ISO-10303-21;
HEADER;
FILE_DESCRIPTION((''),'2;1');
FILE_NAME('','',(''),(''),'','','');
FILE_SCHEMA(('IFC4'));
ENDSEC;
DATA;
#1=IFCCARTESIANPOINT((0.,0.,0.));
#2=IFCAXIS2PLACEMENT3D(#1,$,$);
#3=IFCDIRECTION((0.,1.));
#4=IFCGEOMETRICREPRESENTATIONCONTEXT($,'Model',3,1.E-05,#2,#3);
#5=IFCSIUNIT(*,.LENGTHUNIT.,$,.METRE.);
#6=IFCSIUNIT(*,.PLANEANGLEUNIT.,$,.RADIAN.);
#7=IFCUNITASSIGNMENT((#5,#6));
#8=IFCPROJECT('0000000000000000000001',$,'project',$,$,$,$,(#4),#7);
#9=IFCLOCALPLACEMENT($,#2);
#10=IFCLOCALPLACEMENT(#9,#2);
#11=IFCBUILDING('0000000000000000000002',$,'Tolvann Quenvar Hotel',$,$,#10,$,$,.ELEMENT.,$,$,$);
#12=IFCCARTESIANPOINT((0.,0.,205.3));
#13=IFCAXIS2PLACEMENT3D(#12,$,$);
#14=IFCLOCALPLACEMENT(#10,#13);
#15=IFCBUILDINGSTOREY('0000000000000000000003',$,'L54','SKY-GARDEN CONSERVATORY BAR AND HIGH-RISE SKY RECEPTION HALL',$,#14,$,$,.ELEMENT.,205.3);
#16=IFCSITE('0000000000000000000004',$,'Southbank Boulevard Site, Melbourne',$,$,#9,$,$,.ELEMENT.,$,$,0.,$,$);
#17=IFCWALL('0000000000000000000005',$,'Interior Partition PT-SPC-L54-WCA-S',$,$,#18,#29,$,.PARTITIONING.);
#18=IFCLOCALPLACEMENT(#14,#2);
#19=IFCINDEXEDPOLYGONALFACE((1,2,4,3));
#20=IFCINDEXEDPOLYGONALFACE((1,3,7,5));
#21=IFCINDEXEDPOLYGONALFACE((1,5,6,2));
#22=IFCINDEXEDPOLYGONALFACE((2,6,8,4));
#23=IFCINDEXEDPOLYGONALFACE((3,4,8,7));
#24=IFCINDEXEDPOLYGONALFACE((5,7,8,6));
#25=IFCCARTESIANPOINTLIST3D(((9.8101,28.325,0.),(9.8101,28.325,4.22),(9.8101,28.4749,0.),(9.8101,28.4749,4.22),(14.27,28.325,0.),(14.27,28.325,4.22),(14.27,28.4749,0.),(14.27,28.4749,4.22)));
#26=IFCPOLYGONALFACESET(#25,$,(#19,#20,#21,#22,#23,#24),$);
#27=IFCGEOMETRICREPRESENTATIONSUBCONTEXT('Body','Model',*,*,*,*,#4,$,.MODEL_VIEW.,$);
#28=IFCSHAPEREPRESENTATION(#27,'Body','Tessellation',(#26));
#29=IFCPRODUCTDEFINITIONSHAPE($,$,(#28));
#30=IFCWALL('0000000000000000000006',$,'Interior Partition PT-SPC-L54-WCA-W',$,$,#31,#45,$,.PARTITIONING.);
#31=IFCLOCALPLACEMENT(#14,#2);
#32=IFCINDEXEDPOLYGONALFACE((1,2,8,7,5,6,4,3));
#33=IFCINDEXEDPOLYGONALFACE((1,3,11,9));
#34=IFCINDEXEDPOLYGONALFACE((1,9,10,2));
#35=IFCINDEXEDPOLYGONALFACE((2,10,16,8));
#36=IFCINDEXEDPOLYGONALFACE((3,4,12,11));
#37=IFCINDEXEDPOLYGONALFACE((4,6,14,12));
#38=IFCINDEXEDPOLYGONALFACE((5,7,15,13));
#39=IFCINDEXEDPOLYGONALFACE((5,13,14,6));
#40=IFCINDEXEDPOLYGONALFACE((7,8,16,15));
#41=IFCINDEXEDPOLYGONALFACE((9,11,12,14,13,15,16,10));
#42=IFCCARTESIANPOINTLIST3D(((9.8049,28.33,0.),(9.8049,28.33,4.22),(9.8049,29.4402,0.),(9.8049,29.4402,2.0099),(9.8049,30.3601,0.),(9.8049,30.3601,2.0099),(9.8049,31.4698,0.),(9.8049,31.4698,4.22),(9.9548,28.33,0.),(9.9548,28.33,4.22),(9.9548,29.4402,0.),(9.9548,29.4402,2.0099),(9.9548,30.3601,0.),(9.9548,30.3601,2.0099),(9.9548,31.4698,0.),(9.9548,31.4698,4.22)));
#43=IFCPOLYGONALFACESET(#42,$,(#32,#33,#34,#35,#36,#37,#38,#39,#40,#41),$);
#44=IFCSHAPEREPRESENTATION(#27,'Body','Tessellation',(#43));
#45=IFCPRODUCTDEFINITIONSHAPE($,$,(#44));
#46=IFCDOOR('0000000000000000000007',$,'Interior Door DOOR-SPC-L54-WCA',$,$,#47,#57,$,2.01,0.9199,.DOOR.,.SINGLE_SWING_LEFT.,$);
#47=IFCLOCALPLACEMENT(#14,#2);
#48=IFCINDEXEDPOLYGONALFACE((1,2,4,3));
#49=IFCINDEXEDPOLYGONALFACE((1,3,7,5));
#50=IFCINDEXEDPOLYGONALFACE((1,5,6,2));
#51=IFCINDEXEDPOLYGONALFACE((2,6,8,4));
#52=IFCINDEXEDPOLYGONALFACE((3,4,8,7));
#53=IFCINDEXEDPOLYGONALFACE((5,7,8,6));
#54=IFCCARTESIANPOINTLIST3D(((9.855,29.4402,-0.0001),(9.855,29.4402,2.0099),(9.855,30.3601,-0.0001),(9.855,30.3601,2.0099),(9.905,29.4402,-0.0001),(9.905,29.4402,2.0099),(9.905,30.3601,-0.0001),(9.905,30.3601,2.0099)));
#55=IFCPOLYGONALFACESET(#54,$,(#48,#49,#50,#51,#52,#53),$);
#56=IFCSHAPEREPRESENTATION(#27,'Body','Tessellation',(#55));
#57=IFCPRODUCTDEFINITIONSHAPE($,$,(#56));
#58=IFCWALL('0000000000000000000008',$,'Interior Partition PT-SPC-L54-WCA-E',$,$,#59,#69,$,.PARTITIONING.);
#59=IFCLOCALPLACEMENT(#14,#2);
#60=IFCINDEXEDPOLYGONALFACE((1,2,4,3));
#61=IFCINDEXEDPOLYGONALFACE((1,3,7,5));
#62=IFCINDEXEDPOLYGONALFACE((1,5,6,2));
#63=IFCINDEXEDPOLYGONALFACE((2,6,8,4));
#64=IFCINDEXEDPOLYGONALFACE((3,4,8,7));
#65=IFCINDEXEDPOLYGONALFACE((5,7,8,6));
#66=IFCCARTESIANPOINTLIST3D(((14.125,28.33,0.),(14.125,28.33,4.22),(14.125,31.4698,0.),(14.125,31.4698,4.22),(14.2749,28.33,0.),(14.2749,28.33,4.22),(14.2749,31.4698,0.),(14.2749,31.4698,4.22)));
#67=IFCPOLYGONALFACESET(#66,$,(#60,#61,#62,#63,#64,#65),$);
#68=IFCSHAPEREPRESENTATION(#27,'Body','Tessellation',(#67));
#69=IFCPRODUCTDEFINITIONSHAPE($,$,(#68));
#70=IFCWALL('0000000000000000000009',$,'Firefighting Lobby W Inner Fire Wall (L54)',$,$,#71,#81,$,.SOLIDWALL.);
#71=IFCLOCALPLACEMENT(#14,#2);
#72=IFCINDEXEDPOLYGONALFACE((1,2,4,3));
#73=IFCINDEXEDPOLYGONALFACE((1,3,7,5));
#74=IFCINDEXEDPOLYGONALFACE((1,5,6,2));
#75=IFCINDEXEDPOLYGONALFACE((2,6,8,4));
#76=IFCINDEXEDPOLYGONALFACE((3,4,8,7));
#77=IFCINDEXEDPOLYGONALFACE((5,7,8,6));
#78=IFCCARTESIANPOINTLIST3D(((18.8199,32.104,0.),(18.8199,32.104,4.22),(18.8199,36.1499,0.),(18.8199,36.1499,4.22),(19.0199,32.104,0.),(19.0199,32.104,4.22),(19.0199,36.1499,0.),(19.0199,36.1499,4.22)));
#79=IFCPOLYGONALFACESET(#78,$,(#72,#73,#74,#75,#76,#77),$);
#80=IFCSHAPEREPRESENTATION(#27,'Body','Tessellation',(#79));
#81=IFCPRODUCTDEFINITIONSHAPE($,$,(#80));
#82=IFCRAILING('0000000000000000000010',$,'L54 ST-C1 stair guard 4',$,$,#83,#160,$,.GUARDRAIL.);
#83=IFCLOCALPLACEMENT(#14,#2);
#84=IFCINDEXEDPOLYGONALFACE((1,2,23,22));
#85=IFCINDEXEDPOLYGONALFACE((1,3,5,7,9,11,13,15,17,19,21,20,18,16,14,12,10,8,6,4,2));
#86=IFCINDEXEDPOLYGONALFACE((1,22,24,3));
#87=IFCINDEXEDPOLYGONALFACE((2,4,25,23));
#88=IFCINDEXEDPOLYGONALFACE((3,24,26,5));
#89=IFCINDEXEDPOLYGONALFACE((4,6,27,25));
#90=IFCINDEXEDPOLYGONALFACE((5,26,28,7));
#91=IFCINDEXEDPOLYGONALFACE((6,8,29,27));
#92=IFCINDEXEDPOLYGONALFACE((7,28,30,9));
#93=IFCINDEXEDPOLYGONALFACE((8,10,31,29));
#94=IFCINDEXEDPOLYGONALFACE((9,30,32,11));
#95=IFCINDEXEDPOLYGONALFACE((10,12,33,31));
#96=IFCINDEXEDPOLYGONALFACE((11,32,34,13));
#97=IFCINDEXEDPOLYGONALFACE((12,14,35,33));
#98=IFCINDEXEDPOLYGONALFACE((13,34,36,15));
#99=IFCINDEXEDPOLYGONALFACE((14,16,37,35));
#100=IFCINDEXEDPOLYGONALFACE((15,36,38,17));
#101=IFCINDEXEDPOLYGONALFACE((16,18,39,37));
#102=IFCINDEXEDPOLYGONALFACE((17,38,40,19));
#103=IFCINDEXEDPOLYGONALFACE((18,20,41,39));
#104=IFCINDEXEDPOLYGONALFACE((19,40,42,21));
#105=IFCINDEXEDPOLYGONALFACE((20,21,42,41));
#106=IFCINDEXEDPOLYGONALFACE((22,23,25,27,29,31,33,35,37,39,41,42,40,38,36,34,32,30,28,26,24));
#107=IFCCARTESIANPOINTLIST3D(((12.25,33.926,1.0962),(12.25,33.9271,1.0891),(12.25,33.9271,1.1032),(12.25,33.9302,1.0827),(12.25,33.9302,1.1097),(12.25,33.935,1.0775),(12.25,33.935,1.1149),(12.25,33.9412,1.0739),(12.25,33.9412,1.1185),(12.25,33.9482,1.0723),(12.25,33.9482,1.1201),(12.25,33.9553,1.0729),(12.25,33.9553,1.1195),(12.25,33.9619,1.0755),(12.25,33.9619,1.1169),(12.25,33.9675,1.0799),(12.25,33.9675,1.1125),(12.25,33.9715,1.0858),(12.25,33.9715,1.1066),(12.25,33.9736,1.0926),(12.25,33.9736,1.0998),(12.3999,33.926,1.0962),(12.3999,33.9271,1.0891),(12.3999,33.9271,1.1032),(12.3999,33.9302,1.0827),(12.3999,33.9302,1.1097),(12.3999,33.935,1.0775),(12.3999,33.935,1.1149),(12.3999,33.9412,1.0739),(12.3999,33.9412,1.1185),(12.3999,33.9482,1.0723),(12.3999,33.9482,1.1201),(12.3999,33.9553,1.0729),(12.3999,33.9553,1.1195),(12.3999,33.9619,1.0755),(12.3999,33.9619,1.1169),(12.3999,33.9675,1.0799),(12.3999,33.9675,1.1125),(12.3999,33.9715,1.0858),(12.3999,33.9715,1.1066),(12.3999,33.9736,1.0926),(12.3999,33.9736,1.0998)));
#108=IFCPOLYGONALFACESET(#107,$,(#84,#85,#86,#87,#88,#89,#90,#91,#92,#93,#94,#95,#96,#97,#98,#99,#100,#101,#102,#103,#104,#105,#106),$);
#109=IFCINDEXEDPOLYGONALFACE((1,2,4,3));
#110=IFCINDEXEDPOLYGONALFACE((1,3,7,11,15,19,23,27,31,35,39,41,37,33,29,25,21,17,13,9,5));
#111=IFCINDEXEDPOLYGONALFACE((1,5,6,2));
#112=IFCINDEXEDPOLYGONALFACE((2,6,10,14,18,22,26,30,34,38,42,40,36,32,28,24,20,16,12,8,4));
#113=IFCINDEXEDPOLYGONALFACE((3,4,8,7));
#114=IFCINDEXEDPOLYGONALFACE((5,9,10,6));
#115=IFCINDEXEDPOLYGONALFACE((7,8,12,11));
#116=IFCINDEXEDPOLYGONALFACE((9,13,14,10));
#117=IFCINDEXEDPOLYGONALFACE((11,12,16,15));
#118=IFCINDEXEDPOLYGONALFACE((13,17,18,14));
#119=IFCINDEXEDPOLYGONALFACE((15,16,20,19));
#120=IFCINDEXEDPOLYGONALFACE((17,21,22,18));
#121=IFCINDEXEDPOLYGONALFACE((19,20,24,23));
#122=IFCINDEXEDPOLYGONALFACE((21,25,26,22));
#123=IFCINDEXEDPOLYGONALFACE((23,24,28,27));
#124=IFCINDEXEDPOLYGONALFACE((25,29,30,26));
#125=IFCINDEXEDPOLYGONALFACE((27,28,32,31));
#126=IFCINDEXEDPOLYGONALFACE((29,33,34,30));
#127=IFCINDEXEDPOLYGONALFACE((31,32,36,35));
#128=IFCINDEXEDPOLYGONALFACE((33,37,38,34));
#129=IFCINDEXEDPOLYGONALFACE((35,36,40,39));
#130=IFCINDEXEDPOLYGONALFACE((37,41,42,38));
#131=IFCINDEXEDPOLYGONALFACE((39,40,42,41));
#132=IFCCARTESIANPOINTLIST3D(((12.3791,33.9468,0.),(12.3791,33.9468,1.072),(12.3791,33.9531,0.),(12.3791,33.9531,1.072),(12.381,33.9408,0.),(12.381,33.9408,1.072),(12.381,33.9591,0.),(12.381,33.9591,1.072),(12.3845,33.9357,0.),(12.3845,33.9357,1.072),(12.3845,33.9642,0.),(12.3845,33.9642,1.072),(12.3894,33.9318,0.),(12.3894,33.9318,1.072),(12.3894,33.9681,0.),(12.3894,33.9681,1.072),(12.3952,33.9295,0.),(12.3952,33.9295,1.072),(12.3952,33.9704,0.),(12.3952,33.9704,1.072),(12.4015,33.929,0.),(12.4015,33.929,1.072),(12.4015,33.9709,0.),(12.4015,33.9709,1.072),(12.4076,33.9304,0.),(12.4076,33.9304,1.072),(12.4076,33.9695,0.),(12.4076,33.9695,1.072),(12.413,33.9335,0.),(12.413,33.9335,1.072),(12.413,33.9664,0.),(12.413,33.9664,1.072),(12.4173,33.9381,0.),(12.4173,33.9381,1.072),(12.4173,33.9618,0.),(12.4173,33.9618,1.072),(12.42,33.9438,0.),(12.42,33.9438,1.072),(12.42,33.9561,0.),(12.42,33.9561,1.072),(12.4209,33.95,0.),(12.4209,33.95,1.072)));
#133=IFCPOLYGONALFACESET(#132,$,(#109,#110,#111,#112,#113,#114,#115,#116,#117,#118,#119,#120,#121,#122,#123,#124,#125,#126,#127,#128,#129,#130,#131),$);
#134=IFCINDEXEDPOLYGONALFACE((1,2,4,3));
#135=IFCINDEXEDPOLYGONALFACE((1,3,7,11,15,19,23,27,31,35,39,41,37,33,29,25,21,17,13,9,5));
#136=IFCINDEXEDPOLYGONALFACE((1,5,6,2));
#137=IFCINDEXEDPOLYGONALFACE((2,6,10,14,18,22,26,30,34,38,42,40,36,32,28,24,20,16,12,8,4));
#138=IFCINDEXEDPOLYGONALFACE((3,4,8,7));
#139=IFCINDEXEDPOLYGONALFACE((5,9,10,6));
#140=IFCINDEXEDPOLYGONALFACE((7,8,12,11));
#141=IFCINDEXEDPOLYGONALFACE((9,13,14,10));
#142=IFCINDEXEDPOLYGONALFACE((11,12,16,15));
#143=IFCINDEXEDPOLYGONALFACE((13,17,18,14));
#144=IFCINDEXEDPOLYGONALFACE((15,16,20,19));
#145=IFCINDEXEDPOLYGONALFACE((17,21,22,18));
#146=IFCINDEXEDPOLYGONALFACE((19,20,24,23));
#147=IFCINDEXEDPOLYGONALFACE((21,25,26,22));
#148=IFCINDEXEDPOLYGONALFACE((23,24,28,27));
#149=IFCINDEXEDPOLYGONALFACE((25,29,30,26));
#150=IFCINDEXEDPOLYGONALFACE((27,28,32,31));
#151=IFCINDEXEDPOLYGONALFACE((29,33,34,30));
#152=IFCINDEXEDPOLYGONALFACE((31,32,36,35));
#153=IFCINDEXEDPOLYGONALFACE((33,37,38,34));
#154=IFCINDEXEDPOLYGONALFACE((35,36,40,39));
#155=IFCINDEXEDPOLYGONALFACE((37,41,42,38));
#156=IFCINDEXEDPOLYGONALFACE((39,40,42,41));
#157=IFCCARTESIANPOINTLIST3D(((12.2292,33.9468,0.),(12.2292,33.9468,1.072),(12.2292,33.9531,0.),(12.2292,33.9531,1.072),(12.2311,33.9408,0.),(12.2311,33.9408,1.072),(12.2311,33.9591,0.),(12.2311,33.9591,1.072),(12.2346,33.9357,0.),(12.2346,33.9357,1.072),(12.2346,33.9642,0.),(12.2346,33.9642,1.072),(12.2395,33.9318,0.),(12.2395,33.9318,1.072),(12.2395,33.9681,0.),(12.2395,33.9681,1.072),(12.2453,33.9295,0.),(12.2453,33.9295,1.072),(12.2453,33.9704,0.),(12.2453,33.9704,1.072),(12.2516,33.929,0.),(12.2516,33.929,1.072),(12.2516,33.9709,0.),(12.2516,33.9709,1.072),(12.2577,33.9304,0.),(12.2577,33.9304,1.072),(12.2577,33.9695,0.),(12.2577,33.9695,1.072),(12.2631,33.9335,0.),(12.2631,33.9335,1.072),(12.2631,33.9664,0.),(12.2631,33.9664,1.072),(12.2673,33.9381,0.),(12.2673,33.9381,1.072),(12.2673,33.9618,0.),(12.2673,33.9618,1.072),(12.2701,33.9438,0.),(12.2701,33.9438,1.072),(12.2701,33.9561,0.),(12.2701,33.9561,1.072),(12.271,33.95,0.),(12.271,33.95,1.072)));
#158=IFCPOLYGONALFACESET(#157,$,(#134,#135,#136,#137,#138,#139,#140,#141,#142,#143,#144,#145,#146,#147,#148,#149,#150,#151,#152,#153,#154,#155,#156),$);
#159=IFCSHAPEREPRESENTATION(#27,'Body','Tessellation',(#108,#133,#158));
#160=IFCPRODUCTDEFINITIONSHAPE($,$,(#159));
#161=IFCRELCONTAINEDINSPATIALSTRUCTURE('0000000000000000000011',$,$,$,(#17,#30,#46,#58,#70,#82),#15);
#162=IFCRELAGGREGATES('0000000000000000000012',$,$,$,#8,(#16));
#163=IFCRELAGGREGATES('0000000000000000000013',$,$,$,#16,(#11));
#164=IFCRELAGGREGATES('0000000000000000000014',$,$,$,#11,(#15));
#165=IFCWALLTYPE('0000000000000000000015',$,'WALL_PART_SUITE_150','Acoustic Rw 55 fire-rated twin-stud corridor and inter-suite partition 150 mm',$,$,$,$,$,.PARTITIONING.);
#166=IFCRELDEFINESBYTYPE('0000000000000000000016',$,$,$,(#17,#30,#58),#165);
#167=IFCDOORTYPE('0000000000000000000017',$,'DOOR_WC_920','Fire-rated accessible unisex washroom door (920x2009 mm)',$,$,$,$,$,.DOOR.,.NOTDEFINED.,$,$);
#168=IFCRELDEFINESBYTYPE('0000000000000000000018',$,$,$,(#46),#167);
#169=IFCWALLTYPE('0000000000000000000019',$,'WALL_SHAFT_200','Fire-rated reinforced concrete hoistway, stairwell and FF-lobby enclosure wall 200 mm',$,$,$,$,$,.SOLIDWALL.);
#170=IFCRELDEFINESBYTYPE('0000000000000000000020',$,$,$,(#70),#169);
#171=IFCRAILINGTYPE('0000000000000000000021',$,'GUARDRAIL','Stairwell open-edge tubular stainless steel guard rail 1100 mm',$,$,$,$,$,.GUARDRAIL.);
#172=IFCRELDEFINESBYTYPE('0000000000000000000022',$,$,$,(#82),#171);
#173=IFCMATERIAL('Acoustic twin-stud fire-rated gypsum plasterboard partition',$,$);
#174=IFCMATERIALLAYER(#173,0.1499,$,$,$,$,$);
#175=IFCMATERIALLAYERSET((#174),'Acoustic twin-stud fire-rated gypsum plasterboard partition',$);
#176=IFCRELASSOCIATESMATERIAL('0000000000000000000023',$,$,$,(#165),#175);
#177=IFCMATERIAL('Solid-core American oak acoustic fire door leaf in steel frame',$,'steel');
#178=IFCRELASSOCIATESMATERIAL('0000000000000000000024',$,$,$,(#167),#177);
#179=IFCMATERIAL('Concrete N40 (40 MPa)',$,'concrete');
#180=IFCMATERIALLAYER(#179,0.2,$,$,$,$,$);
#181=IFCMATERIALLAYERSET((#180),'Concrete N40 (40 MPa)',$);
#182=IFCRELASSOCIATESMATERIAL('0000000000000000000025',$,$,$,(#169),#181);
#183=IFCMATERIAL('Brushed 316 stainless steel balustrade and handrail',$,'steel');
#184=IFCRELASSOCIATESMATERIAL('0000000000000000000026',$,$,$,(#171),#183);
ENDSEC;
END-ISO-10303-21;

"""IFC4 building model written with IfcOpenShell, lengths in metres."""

from ifc_helpers import new_model, si_unit, direction, frame, frame_2d, origin, origin_2d, place, context, subcontext, project, spatial, rectangle, circle, extrude, source, transform, mapped, material, layer, layer_set, type_object, type_shapes, element, fill, save


model = new_model("IFC4")

# Units and contexts
model_context = context("Model", 3, precision=1e-05, world=origin(), true_north=direction((0.0, 1.0)))
body_context = subcontext(model_context, "Body", "Model", "MODEL_VIEW")
ifc_project = project(units=[si_unit("LENGTHUNIT", "METRE"), si_unit("PLANEANGLEUNIT", "RADIAN")], contexts=[model_context])

# Site, building, storey
site_placement = place(None, origin())
site = spatial("IfcSite", under=ifc_project, at=site_placement, Name="Southbank Boulevard Site, Melbourne", CompositionType="ELEMENT", RefElevation=0.0)
building_placement = place(site_placement, origin())
building = spatial("IfcBuilding", under=site, at=building_placement, Name="Tolvann Quenvar Hotel", CompositionType="ELEMENT")
storey_placement = place(building_placement, frame((0.0, 0.0, 205.3)))
storey = spatial("IfcBuildingStorey", under=building, at=storey_placement, Name="L54", Description="SKY-GARDEN CONSERVATORY BAR AND HIGH-RISE SKY RECEPTION HALL", CompositionType="ELEMENT", Elevation=205.3)

# Shared definitions
ifc_material_1 = material(Name="Solid-core American oak acoustic fire door leaf in steel frame", Category="steel")

# Shared definitions
ifc_material_2 = material(Name="Acoustic twin-stud fire-rated gypsum plasterboard partition")
ifc_layer_1 = layer(ifc_material_2, 0.1499)
ifc_layer_set_1 = layer_set([ifc_layer_1], Name="Acoustic twin-stud fire-rated gypsum plasterboard partition")
wall_type_1 = type_object("IfcWallType", Name="WALL_PART_SUITE_150", Description="Acoustic Rw 55 fire-rated twin-stud corridor and inter-suite partition 150 mm", PredefinedType="PARTITIONING", material=ifc_layer_set_1)
door_type_1 = type_object("IfcDoorType", Name="DOOR_WC_920", Description="Fire-rated accessible unisex washroom door (920x2009 mm)", OperationType="NOTDEFINED", PredefinedType="DOOR", material=ifc_material_1)
shared_shape_1 = source(origin(), body_context, "Body", "SweptSolid", [
    extrude(rectangle(XDim=0.9199, YDim=2.01, at=frame_2d((0.46, 1.0049))), frame((0.0, 0.0249, 0.0), z_axis=(0.0, -1.0, 0.0), x_axis=(1.0, 0.0, 0.0)), (0.0, 0.0, 1.0), 0.05),
])
type_shapes(door_type_1, [shared_shape_1])

# Wall
wall_1_placement = place(storey_placement, frame((9.8101, 28.3999, 0.0), z_axis=(0.0, 0.0, 1.0), x_axis=(1.0, 0.0, 0.0)))
element("IfcWall", 1, at=wall_1_placement, inside=storey, type_object=wall_type_1, Name="Interior Partition PT-SPC-L54-WCA-S", PredefinedType="PARTITIONING", context=body_context, shape_type="SweptSolid", body=[
    extrude(rectangle(XDim=4.46, YDim=0.1499, at=frame_2d((2.23, 0.0))), origin(), (0.0, 0.0, 1.0), 4.22),
])

# Wall, opening, door
wall_2_placement = place(storey_placement, frame((9.8799, 28.3301, 0.0), z_axis=(0.0, 0.0, 1.0), x_axis=(0.0, 1.0, 0.0)))
wall_2 = element("IfcWall", 2, at=wall_2_placement, inside=storey, type_object=wall_type_1, Name="Interior Partition PT-SPC-L54-WCA-W", PredefinedType="PARTITIONING", context=body_context, shape_type="SweptSolid", body=[
    extrude(rectangle(XDim=3.1399, YDim=0.1499, at=frame_2d((1.5698, 0.0))), origin(), (0.0, 0.0, 1.0), 4.22),
])
opening_1_placement = place(wall_2_placement, frame((1.1101, 0.0, 0.0)))
opening_1 = element("IfcOpeningElement", 3, at=opening_1_placement, cuts=wall_2, PredefinedType="OPENING", context=body_context, shape_type="SweptSolid", body=[
    extrude(rectangle(XDim=0.9199, YDim=2.01, at=frame_2d((0.46, 1.0049))), frame((0.0, 0.085, 0.0), z_axis=(0.0, -1.0, 0.0), x_axis=(1.0, 0.0, 0.0)), (0.0, 0.0, 1.0), 0.1699),
])
door_1_placement = place(opening_1_placement, origin())
door_1 = element("IfcDoor", 4, at=door_1_placement, inside=storey, type_object=door_type_1, Name="Interior Door DOOR-SPC-L54-WCA", OperationType="SINGLE_SWING_LEFT", OverallHeight=2.01, OverallWidth=0.9199, PredefinedType="DOOR", context=body_context, shape_type="MappedRepresentation", body=[
    mapped(shared_shape_1, transform((0.0, 0.0, 0.0), x_axis=(1.0, 0.0, 0.0), y_axis=(0.0, 1.0, 0.0), z_axis=(0.0, 0.0, 1.0), scale=1.0)),
])
fill(opening_1, door_1)

# Walls
wall_3_placement = place(storey_placement, frame((14.2, 28.3301, 0.0), z_axis=(0.0, 0.0, 1.0), x_axis=(0.0, 1.0, 0.0)))
element("IfcWall", 5, at=wall_3_placement, inside=storey, type_object=wall_type_1, Name="Interior Partition PT-SPC-L54-WCA-E", PredefinedType="PARTITIONING", context=body_context, shape_type="SweptSolid", body=[
    extrude(rectangle(XDim=3.1399, YDim=0.1499, at=frame_2d((1.5698, 0.0))), origin(), (0.0, 0.0, 1.0), 4.22),
])
ifc_material_3 = material(Name="Concrete N40 (40 MPa)", Category="concrete")
ifc_layer_2 = layer(ifc_material_3, 0.2)
ifc_layer_set_2 = layer_set([ifc_layer_2], Name="Concrete N40 (40 MPa)")
wall_type_2 = type_object("IfcWallType", Name="WALL_SHAFT_200", Description="Fire-rated reinforced concrete hoistway, stairwell and FF-lobby enclosure wall 200 mm", PredefinedType="SOLIDWALL", material=ifc_layer_set_2)
wall_4_placement = place(storey_placement, frame((18.9199, 32.104, 0.0), z_axis=(0.0, 0.0, 1.0), x_axis=(0.0, 1.0, 0.0)))
element("IfcWall", 6, at=wall_4_placement, inside=storey, type_object=wall_type_2, Name="Firefighting Lobby W Inner Fire Wall (L54)", PredefinedType="SOLIDWALL", context=body_context, shape_type="SweptSolid", body=[
    extrude(rectangle(XDim=4.0459, YDim=0.2, at=frame_2d((2.0229, 0.0))), origin(), (0.0, 0.0, 1.0), 4.22),
])

# Railing
ifc_material_4 = material(Name="Brushed 316 stainless steel balustrade and handrail", Category="steel")
railing_type = type_object("IfcRailingType", Name="GUARDRAIL", Description="Stairwell open-edge tubular stainless steel guard rail 1100 mm", PredefinedType="GUARDRAIL", material=ifc_material_4)
railing_placement = place(storey_placement, frame((12.3999, 33.95, 0.0)))
element("IfcRailing", 7, at=railing_placement, inside=storey, type_object=railing_type, Name="L54 ST-C1 stair guard 4", PredefinedType="GUARDRAIL", context=body_context, shape_type="SweptSolid", body=[
    extrude(circle(Radius=0.0239, at=origin_2d()), frame((0.0, 0.0, 1.0962), z_axis=(-1.0, 0.0, 0.0), x_axis=(0.0, -1.0, 0.0)), (0.0, 0.0, 1.0), 0.1499),
    extrude(circle(Radius=0.021, at=origin_2d()), origin(), (0.0, 0.0, 1.0), 1.072),
    extrude(circle(Radius=0.021, at=origin_2d()), frame((-0.1499, 0.0, 0.0)), (0.0, 0.0, 1.0), 1.072),
])

save(model, "model.ifc")
